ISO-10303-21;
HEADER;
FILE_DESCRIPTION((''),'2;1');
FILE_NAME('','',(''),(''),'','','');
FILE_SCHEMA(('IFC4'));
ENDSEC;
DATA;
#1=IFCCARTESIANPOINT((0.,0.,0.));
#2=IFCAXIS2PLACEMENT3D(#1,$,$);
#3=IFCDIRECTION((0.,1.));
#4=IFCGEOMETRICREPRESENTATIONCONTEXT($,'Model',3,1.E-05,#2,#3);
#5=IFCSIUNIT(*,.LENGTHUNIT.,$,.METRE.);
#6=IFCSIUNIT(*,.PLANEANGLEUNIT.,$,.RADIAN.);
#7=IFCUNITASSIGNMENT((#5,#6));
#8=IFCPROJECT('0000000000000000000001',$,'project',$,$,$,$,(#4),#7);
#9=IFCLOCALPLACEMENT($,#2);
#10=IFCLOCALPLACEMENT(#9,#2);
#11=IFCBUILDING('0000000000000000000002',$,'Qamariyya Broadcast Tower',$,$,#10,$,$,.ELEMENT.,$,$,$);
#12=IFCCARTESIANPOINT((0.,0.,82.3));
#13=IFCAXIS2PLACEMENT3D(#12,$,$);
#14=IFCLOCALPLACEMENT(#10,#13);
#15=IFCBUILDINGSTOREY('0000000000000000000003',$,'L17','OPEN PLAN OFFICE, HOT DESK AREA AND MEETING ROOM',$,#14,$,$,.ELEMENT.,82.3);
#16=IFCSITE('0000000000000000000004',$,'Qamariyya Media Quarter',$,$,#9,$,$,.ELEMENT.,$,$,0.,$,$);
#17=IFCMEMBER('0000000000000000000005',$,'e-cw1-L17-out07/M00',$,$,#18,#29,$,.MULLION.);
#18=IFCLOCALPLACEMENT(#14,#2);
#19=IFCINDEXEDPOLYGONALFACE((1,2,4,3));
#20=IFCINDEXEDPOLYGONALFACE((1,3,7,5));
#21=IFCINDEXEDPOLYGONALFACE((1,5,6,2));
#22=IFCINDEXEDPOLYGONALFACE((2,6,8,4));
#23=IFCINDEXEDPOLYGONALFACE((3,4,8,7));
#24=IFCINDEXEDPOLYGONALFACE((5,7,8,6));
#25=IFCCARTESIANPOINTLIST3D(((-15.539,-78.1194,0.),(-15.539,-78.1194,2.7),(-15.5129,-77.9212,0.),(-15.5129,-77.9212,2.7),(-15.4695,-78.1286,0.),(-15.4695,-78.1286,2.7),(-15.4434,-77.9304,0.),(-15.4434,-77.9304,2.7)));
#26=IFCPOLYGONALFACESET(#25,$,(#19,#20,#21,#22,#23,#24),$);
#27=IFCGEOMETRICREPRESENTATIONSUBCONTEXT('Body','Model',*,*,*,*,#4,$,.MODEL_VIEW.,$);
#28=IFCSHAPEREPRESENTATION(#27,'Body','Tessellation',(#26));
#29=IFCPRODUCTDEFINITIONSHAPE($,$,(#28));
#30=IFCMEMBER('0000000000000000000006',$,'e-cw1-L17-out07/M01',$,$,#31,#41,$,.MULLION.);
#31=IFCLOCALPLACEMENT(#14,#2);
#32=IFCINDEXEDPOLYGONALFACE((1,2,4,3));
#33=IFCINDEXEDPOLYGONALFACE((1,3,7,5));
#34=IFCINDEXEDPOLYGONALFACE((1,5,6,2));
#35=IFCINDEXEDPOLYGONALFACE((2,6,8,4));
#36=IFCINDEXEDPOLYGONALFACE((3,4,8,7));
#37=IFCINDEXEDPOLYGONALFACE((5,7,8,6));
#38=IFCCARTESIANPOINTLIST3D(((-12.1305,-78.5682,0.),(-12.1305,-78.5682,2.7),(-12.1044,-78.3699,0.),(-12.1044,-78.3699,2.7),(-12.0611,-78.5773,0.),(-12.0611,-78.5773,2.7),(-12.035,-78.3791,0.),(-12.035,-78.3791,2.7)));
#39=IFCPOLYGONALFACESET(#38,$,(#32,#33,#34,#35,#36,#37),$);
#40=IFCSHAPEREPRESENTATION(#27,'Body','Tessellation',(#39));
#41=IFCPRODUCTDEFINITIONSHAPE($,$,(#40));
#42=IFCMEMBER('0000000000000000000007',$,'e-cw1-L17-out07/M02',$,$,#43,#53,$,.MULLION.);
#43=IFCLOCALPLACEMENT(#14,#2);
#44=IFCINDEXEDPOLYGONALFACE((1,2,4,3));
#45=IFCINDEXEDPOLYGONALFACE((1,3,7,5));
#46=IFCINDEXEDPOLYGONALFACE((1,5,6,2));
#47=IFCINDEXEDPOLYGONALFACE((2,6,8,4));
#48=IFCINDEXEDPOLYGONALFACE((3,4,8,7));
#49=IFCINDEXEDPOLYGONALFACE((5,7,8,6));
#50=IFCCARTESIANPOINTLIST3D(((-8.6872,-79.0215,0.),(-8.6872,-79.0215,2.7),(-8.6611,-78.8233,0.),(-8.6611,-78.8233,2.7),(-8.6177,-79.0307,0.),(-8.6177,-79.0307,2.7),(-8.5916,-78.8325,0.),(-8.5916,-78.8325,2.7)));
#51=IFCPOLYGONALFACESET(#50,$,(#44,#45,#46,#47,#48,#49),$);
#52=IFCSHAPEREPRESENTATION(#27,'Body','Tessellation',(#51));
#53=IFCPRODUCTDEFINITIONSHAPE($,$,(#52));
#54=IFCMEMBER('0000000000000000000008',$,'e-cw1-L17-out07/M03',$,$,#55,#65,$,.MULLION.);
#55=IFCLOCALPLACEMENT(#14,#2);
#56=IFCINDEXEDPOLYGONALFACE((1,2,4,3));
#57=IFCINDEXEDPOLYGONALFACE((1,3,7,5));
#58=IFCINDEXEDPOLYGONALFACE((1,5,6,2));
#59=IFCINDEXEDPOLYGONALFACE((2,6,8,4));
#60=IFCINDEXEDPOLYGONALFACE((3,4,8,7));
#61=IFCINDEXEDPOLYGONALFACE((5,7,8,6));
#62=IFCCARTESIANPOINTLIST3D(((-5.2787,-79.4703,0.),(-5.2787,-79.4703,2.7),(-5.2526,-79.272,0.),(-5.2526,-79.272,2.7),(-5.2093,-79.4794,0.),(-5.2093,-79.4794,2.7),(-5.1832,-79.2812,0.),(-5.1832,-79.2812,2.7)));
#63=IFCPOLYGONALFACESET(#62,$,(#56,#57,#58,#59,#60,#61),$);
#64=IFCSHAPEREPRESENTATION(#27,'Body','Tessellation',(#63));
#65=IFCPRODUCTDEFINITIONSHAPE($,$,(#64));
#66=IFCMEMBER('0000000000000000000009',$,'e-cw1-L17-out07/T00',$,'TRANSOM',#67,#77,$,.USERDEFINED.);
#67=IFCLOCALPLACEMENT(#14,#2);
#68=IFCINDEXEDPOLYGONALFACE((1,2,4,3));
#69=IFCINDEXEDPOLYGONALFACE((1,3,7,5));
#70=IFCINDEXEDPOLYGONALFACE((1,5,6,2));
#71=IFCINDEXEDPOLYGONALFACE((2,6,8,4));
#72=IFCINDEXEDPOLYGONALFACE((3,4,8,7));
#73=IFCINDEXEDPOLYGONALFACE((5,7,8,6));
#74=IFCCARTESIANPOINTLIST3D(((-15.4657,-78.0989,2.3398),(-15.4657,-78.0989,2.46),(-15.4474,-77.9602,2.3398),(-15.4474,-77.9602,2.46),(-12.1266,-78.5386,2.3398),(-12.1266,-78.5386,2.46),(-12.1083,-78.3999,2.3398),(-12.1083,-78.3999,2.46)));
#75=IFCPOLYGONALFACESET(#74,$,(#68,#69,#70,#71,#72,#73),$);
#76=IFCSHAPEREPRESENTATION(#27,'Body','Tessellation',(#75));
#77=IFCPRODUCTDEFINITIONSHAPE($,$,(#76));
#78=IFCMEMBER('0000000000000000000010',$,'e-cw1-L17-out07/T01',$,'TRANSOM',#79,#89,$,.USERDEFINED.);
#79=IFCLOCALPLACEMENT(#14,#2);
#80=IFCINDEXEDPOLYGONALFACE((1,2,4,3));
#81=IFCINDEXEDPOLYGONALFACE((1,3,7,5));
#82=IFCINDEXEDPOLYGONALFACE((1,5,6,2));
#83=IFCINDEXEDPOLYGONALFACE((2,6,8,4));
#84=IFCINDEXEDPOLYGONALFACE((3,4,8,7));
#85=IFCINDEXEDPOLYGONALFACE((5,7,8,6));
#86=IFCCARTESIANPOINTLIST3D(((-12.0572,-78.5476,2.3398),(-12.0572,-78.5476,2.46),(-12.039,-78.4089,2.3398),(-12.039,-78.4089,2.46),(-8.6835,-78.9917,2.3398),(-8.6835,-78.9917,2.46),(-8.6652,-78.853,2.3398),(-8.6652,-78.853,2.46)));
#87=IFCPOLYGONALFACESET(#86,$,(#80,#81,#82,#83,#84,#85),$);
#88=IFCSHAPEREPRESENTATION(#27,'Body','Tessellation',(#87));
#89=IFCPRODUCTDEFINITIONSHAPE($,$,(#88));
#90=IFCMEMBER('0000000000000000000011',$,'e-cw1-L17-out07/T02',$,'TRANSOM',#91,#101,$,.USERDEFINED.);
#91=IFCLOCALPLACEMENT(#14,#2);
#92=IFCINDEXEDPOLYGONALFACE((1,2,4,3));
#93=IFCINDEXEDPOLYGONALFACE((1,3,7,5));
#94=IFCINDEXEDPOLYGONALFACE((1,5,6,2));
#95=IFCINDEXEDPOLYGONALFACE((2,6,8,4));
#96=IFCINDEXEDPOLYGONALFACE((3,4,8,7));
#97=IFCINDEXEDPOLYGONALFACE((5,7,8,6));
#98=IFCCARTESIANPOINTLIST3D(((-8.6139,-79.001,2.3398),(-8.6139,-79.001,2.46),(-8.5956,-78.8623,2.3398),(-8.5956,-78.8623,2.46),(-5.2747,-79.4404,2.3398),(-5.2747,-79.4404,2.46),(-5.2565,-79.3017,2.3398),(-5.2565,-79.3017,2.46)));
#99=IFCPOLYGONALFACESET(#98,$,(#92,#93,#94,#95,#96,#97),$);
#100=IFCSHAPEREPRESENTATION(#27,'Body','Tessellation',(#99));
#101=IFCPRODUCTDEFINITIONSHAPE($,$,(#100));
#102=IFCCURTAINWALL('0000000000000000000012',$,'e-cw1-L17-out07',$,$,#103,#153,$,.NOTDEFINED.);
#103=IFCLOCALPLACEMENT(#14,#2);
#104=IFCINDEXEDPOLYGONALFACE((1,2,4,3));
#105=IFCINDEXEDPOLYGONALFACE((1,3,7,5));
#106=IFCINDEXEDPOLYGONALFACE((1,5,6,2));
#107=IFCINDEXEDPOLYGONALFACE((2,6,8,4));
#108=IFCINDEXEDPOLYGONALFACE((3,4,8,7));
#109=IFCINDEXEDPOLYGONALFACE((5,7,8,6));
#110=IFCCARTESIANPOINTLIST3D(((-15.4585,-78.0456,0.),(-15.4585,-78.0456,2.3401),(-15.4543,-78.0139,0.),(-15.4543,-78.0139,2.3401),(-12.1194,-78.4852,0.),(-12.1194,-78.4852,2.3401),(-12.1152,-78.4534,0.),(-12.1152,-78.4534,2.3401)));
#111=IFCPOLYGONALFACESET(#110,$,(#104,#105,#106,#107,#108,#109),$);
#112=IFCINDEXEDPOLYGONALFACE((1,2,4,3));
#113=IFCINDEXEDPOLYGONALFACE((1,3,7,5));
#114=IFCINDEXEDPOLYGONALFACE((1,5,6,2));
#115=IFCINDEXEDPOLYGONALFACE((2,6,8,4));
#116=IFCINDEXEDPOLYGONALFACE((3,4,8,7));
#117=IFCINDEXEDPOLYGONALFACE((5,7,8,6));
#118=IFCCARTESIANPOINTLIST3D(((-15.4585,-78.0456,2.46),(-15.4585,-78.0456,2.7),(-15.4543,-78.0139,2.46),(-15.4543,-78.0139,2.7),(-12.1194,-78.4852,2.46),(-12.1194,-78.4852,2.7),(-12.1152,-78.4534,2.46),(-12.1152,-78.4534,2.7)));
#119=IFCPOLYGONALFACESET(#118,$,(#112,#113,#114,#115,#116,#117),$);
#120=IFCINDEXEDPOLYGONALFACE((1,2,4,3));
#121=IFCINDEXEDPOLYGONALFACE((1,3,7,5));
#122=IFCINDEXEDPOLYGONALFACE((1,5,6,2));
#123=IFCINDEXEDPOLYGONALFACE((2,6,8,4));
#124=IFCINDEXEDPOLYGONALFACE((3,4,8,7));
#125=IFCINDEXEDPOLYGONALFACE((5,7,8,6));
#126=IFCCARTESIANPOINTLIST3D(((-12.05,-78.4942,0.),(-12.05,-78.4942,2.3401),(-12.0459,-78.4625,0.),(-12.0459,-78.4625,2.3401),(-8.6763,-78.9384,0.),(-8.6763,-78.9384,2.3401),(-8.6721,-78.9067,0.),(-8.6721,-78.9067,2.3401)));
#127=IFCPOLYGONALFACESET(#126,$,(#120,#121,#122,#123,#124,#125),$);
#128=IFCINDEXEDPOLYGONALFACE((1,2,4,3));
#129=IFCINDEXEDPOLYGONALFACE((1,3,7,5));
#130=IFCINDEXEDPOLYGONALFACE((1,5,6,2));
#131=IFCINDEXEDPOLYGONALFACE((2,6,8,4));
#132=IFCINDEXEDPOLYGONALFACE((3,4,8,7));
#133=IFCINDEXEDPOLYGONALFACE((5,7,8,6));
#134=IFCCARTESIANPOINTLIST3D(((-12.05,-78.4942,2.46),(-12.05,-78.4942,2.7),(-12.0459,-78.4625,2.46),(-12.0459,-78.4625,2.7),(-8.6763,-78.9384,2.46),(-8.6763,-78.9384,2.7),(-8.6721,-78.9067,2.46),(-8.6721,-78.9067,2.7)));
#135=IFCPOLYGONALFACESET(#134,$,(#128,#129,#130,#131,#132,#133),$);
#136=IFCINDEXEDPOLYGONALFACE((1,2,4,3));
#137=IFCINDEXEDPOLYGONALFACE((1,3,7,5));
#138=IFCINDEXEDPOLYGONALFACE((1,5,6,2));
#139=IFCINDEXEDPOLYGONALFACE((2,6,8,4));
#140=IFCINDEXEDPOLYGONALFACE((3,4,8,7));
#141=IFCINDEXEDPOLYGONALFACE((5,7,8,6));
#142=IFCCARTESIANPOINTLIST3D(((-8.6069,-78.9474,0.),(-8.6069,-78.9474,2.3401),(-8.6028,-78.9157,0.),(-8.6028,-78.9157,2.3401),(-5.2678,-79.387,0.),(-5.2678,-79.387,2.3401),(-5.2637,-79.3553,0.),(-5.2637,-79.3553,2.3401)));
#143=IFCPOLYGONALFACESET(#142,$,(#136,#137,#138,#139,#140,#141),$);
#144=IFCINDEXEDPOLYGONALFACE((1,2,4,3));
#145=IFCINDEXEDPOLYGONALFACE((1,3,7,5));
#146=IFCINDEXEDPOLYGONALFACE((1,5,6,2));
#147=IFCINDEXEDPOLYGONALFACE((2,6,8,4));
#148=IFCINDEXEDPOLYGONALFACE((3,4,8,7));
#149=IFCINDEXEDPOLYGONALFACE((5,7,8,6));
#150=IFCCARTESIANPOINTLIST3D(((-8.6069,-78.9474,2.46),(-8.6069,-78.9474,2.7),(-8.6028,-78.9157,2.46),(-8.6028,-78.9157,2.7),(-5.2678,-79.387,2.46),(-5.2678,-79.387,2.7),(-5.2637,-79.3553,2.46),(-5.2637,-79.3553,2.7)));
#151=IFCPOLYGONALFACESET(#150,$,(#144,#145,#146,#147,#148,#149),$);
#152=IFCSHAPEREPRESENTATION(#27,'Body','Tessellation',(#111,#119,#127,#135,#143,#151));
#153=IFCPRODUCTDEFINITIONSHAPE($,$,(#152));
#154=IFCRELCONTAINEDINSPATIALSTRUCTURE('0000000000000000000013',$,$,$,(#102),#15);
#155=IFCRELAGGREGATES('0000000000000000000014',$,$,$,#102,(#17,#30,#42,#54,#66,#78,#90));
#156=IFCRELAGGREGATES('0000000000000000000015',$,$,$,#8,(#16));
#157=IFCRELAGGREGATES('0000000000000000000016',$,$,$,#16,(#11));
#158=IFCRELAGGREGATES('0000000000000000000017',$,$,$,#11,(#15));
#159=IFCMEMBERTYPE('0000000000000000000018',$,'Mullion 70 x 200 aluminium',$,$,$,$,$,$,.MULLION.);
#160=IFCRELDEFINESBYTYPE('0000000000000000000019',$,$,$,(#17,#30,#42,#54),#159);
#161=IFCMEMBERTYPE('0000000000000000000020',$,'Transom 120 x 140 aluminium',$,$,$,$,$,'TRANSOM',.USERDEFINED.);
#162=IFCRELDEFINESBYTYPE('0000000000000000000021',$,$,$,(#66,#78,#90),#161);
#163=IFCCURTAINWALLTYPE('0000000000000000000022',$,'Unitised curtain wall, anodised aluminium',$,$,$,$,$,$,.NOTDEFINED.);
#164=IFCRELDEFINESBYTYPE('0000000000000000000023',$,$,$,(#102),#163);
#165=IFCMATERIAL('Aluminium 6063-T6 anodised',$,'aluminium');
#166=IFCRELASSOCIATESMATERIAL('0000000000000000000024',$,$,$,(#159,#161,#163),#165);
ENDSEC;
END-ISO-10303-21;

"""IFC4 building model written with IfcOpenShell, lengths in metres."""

from ifc_helpers import new_model, si_unit, direction, frame, origin, origin_2d, place, context, subcontext, project, spatial, rectangle, extrude, material, material_profile, profile_set, type_object, element, aggregate, save


model = new_model("IFC4")

# Units and contexts
model_context = context("Model", 3, precision=1e-05, world=origin(), true_north=direction((0.0, 1.0)))
body_context = subcontext(model_context, "Body", "Model", "MODEL_VIEW")
ifc_project = project(units=[si_unit("LENGTHUNIT", "METRE"), si_unit("PLANEANGLEUNIT", "RADIAN")], contexts=[model_context])

# Members
ifc_material = material(Name="Aluminium 6063-T6 anodised", Category="aluminium")
ifc_material_profile_1 = material_profile(ifc_material, rectangle(XDim=0.2, YDim=0.0701, at=origin_2d()))
ifc_profile_set_1 = profile_set([ifc_material_profile_1], Name="Aluminium 6063-T6 anodised")
member_type_1 = type_object("IfcMemberType", Name="Mullion 70 x 200 aluminium", PredefinedType="MULLION", material=ifc_profile_set_1)
site_placement = place(None, origin())
building_placement = place(site_placement, origin())
storey_placement = place(building_placement, frame((0.0, 0.0, 82.3)))
member_1_placement = place(storey_placement, frame((-15.4912, -78.0249, 0.0), z_axis=(0.0, 0.0, 1.0), x_axis=(0.130526, 0.991445, 0.0)))
member_1 = element("IfcMember", 1, at=member_1_placement, type_object=member_type_1, Name="e-cw1-L17-out07/M00", PredefinedType="MULLION", context=body_context, shape_type="SweptSolid", body=[
    extrude(rectangle(XDim=0.2, YDim=0.0701, at=origin_2d()), origin(), (0.0, 0.0, 1.0), 2.7),
])
member_2_placement = place(storey_placement, frame((-12.0828, -78.4736, 0.0), z_axis=(0.0, 0.0, 1.0), x_axis=(0.130526, 0.991445, 0.0)))
member_2 = element("IfcMember", 2, at=member_2_placement, type_object=member_type_1, Name="e-cw1-L17-out07/M01", PredefinedType="MULLION", context=body_context, shape_type="SweptSolid", body=[
    extrude(rectangle(XDim=0.2, YDim=0.0701, at=origin_2d()), origin(), (0.0, 0.0, 1.0), 2.7),
])
member_3_placement = place(storey_placement, frame((-8.6394, -78.927, 0.0), z_axis=(0.0, 0.0, 1.0), x_axis=(0.130526, 0.991445, 0.0)))
member_3 = element("IfcMember", 3, at=member_3_placement, type_object=member_type_1, Name="e-cw1-L17-out07/M02", PredefinedType="MULLION", context=body_context, shape_type="SweptSolid", body=[
    extrude(rectangle(XDim=0.2, YDim=0.0701, at=origin_2d()), origin(), (0.0, 0.0, 1.0), 2.7),
])
member_4_placement = place(storey_placement, frame((-5.231, -79.3757, 0.0), z_axis=(0.0, 0.0, 1.0), x_axis=(0.130526, 0.991445, 0.0)))
member_4 = element("IfcMember", 4, at=member_4_placement, type_object=member_type_1, Name="e-cw1-L17-out07/M03", PredefinedType="MULLION", context=body_context, shape_type="SweptSolid", body=[
    extrude(rectangle(XDim=0.2, YDim=0.0701, at=origin_2d()), origin(), (0.0, 0.0, 1.0), 2.7),
])
ifc_material_profile_2 = material_profile(ifc_material, rectangle(XDim=0.1399, YDim=0.1201, at=origin_2d()))
ifc_profile_set_2 = profile_set([ifc_material_profile_2], Name="Aluminium 6063-T6 anodised")
member_type_2 = type_object("IfcMemberType", Name="Transom 120 x 140 aluminium", ElementType="TRANSOM", PredefinedType="USERDEFINED", material=ifc_profile_set_2)
member_5_placement = place(storey_placement, frame((-15.4565, -78.0295, 2.3999), z_axis=(0.991441, -0.130554, 0.0), x_axis=(0.130554, 0.991441, 0.0)))
member_5 = element("IfcMember", 5, at=member_5_placement, type_object=member_type_2, Name="e-cw1-L17-out07/T00", ObjectType="TRANSOM", PredefinedType="USERDEFINED", context=body_context, shape_type="SweptSolid", body=[
    extrude(rectangle(XDim=0.1399, YDim=0.1201, at=origin_2d()), origin(), (0.0, 0.0, 1.0), 3.3679),
])
member_6_placement = place(storey_placement, frame((-12.0481, -78.4783, 2.3999), z_axis=(0.991448, -0.130505, 0.0), x_axis=(0.130505, 0.991448, 0.0)))
member_6 = element("IfcMember", 6, at=member_6_placement, type_object=member_type_2, Name="e-cw1-L17-out07/T01", ObjectType="TRANSOM", PredefinedType="USERDEFINED", context=body_context, shape_type="SweptSolid", body=[
    extrude(rectangle(XDim=0.1399, YDim=0.1201, at=origin_2d()), origin(), (0.0, 0.0, 1.0), 3.4028),
])
member_7_placement = place(storey_placement, frame((-8.6047, -78.9316, 2.3999), z_axis=(0.991451, -0.130483, 0.0), x_axis=(0.130483, 0.991451, 0.0)))
member_7 = element("IfcMember", 7, at=member_7_placement, type_object=member_type_2, Name="e-cw1-L17-out07/T02", ObjectType="TRANSOM", PredefinedType="USERDEFINED", context=body_context, shape_type="SweptSolid", body=[
    extrude(rectangle(XDim=0.1399, YDim=0.1201, at=origin_2d()), origin(), (0.0, 0.0, 1.0), 3.3679),
])

# Site, building, storey
site = spatial("IfcSite", under=ifc_project, at=site_placement, Name="Qamariyya Media Quarter", CompositionType="ELEMENT", RefElevation=0.0)
building = spatial("IfcBuilding", under=site, at=building_placement, Name="Qamariyya Broadcast Tower", CompositionType="ELEMENT")
storey = spatial("IfcBuildingStorey", under=building, at=storey_placement, Name="L17", Description="OPEN PLAN OFFICE, HOT DESK AREA AND MEETING ROOM", CompositionType="ELEMENT", Elevation=82.3)

# Curtain wall
curtain_wall_type = type_object("IfcCurtainWallType", Name="Unitised curtain wall, anodised aluminium", PredefinedType="NOTDEFINED", material=ifc_material)
curtain_wall_1_placement = place(storey_placement, origin())
curtain_wall_1 = element("IfcCurtainWall", 8, at=curtain_wall_1_placement, inside=storey, type_object=curtain_wall_type, Name="e-cw1-L17-out07", PredefinedType="NOTDEFINED", context=body_context, shape_type="SweptSolid", body=[
    extrude(rectangle(XDim=3.3679, YDim=0.032, at=origin_2d()), frame((-13.7869, -78.2495, 0.0), x_axis=(0.991446, -0.130521, 0.0)), (0.0, 0.0, 1.0), 2.3401),
    extrude(rectangle(XDim=3.3679, YDim=0.032, at=origin_2d()), frame((-13.7869, -78.2495, 2.46), x_axis=(0.991446, -0.130521, 0.0)), (0.0, 0.0, 1.0), 0.24),
    extrude(rectangle(XDim=3.4028, YDim=0.032, at=origin_2d()), frame((-10.3611, -78.7004, 0.0), x_axis=(0.991446, -0.130521, 0.0)), (0.0, 0.0, 1.0), 2.3401),
    extrude(rectangle(XDim=3.4028, YDim=0.032, at=origin_2d()), frame((-10.3611, -78.7004, 2.46), x_axis=(0.991446, -0.130521, 0.0)), (0.0, 0.0, 1.0), 0.24),
    extrude(rectangle(XDim=3.3679, YDim=0.032, at=origin_2d()), frame((-6.9353, -79.1514, 0.0), x_axis=(0.991446, -0.130521, 0.0)), (0.0, 0.0, 1.0), 2.3401),
    extrude(rectangle(XDim=3.3679, YDim=0.032, at=origin_2d()), frame((-6.9353, -79.1514, 2.46), x_axis=(0.991446, -0.130521, 0.0)), (0.0, 0.0, 1.0), 0.24),
])
aggregate(curtain_wall_1, [member_1, member_2, member_3, member_4, member_5, member_6, member_7])

save(model, "model.ifc")
